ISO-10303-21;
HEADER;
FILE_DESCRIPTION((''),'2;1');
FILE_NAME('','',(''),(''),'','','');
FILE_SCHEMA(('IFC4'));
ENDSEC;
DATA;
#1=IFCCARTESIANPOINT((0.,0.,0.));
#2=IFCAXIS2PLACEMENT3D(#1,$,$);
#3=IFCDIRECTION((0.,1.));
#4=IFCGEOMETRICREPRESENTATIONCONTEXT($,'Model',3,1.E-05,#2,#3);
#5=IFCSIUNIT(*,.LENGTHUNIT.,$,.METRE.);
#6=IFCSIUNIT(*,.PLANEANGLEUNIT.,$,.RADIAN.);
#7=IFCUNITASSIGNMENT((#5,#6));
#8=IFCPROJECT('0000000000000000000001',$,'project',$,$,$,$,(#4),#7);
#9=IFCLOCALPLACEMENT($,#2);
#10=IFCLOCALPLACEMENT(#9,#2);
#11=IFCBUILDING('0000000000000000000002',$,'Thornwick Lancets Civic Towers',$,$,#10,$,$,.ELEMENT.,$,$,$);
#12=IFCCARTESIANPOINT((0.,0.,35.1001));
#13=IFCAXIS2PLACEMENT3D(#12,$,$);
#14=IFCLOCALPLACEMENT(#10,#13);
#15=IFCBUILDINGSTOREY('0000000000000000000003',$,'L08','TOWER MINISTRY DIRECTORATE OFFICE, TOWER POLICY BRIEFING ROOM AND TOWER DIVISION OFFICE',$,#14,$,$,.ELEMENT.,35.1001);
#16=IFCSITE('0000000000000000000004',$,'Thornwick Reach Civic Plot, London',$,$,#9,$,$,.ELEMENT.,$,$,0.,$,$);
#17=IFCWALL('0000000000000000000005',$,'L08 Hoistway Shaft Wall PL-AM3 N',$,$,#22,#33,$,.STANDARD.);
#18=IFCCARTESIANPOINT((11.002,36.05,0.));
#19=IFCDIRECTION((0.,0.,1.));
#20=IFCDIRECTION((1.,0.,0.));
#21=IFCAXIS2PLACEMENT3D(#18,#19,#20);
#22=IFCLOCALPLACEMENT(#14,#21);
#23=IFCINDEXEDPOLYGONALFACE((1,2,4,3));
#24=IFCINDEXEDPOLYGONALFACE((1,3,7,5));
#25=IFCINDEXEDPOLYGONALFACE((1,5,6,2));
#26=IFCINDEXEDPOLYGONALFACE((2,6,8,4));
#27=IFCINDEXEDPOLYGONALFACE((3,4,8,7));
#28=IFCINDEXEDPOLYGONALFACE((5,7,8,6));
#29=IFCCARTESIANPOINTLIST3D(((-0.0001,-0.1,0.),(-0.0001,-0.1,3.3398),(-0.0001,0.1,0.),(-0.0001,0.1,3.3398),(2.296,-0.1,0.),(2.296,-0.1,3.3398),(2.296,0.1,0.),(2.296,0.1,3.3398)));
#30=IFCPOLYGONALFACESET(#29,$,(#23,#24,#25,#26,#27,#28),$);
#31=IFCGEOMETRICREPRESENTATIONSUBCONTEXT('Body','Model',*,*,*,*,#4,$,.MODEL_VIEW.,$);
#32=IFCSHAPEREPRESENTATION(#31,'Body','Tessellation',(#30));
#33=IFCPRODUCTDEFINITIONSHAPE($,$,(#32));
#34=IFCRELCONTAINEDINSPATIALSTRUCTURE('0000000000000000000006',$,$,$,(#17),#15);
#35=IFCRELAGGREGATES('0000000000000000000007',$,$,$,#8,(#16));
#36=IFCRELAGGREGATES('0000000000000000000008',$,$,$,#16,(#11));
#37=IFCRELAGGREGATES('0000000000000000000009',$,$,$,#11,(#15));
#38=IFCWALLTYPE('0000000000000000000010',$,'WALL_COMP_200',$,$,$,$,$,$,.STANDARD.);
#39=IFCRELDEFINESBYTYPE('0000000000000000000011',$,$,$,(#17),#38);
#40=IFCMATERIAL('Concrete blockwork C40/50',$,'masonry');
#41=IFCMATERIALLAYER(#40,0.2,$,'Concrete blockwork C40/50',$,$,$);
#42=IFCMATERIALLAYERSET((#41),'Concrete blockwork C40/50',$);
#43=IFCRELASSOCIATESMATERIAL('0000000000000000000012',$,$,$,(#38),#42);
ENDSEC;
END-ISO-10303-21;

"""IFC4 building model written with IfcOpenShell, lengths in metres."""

from ifc_helpers import new_model, si_unit, direction, frame, frame_2d, origin, place, context, subcontext, project, spatial, rectangle, extrude, material, layer, layer_set, type_object, element, save


model = new_model("IFC4")

# Units and contexts
model_context = context("Model", 3, precision=1e-05, world=origin(), true_north=direction((0.0, 1.0)))
body_context = subcontext(model_context, "Body", "Model", "MODEL_VIEW")
ifc_project = project(units=[si_unit("LENGTHUNIT", "METRE"), si_unit("PLANEANGLEUNIT", "RADIAN")], contexts=[model_context])

# Site, building, storey
site_placement = place(None, origin())
site = spatial("IfcSite", under=ifc_project, at=site_placement, Name="Thornwick Reach Civic Plot, London", CompositionType="ELEMENT", RefElevation=0.0)
building_placement = place(site_placement, origin())
building = spatial("IfcBuilding", under=site, at=building_placement, Name="Thornwick Lancets Civic Towers", CompositionType="ELEMENT")
storey_placement = place(building_placement, frame((0.0, 0.0, 35.1001)))
storey = spatial("IfcBuildingStorey", under=building, at=storey_placement, Name="L08", Description="TOWER MINISTRY DIRECTORATE OFFICE, TOWER POLICY BRIEFING ROOM AND TOWER DIVISION OFFICE", CompositionType="ELEMENT", Elevation=35.1001)

# Wall
ifc_material_1 = material(Name="Concrete blockwork C40/50", Category="masonry")
ifc_layer_1 = layer(ifc_material_1, 0.2, Name="Concrete blockwork C40/50")
ifc_layer_set_1 = layer_set([ifc_layer_1], Name="Concrete blockwork C40/50")
wall_type_1 = type_object("IfcWallType", Name="WALL_COMP_200", PredefinedType="STANDARD", material=ifc_layer_set_1)
wall_1_placement = place(storey_placement, frame((11.002, 36.05, 0.0), z_axis=(0.0, 0.0, 1.0), x_axis=(1.0, 0.0, 0.0)))
element("IfcWall", 1, at=wall_1_placement, inside=storey, type_object=wall_type_1, Name="L08 Hoistway Shaft Wall PL-AM3 N", PredefinedType="STANDARD", context=body_context, shape_type="SweptSolid", body=[
    extrude(rectangle(XDim=2.2961, YDim=0.2, at=frame_2d((1.1479, 0.0))), origin(), (0.0, 0.0, 1.0), 3.3398),
])

save(model, "model.ifc")
